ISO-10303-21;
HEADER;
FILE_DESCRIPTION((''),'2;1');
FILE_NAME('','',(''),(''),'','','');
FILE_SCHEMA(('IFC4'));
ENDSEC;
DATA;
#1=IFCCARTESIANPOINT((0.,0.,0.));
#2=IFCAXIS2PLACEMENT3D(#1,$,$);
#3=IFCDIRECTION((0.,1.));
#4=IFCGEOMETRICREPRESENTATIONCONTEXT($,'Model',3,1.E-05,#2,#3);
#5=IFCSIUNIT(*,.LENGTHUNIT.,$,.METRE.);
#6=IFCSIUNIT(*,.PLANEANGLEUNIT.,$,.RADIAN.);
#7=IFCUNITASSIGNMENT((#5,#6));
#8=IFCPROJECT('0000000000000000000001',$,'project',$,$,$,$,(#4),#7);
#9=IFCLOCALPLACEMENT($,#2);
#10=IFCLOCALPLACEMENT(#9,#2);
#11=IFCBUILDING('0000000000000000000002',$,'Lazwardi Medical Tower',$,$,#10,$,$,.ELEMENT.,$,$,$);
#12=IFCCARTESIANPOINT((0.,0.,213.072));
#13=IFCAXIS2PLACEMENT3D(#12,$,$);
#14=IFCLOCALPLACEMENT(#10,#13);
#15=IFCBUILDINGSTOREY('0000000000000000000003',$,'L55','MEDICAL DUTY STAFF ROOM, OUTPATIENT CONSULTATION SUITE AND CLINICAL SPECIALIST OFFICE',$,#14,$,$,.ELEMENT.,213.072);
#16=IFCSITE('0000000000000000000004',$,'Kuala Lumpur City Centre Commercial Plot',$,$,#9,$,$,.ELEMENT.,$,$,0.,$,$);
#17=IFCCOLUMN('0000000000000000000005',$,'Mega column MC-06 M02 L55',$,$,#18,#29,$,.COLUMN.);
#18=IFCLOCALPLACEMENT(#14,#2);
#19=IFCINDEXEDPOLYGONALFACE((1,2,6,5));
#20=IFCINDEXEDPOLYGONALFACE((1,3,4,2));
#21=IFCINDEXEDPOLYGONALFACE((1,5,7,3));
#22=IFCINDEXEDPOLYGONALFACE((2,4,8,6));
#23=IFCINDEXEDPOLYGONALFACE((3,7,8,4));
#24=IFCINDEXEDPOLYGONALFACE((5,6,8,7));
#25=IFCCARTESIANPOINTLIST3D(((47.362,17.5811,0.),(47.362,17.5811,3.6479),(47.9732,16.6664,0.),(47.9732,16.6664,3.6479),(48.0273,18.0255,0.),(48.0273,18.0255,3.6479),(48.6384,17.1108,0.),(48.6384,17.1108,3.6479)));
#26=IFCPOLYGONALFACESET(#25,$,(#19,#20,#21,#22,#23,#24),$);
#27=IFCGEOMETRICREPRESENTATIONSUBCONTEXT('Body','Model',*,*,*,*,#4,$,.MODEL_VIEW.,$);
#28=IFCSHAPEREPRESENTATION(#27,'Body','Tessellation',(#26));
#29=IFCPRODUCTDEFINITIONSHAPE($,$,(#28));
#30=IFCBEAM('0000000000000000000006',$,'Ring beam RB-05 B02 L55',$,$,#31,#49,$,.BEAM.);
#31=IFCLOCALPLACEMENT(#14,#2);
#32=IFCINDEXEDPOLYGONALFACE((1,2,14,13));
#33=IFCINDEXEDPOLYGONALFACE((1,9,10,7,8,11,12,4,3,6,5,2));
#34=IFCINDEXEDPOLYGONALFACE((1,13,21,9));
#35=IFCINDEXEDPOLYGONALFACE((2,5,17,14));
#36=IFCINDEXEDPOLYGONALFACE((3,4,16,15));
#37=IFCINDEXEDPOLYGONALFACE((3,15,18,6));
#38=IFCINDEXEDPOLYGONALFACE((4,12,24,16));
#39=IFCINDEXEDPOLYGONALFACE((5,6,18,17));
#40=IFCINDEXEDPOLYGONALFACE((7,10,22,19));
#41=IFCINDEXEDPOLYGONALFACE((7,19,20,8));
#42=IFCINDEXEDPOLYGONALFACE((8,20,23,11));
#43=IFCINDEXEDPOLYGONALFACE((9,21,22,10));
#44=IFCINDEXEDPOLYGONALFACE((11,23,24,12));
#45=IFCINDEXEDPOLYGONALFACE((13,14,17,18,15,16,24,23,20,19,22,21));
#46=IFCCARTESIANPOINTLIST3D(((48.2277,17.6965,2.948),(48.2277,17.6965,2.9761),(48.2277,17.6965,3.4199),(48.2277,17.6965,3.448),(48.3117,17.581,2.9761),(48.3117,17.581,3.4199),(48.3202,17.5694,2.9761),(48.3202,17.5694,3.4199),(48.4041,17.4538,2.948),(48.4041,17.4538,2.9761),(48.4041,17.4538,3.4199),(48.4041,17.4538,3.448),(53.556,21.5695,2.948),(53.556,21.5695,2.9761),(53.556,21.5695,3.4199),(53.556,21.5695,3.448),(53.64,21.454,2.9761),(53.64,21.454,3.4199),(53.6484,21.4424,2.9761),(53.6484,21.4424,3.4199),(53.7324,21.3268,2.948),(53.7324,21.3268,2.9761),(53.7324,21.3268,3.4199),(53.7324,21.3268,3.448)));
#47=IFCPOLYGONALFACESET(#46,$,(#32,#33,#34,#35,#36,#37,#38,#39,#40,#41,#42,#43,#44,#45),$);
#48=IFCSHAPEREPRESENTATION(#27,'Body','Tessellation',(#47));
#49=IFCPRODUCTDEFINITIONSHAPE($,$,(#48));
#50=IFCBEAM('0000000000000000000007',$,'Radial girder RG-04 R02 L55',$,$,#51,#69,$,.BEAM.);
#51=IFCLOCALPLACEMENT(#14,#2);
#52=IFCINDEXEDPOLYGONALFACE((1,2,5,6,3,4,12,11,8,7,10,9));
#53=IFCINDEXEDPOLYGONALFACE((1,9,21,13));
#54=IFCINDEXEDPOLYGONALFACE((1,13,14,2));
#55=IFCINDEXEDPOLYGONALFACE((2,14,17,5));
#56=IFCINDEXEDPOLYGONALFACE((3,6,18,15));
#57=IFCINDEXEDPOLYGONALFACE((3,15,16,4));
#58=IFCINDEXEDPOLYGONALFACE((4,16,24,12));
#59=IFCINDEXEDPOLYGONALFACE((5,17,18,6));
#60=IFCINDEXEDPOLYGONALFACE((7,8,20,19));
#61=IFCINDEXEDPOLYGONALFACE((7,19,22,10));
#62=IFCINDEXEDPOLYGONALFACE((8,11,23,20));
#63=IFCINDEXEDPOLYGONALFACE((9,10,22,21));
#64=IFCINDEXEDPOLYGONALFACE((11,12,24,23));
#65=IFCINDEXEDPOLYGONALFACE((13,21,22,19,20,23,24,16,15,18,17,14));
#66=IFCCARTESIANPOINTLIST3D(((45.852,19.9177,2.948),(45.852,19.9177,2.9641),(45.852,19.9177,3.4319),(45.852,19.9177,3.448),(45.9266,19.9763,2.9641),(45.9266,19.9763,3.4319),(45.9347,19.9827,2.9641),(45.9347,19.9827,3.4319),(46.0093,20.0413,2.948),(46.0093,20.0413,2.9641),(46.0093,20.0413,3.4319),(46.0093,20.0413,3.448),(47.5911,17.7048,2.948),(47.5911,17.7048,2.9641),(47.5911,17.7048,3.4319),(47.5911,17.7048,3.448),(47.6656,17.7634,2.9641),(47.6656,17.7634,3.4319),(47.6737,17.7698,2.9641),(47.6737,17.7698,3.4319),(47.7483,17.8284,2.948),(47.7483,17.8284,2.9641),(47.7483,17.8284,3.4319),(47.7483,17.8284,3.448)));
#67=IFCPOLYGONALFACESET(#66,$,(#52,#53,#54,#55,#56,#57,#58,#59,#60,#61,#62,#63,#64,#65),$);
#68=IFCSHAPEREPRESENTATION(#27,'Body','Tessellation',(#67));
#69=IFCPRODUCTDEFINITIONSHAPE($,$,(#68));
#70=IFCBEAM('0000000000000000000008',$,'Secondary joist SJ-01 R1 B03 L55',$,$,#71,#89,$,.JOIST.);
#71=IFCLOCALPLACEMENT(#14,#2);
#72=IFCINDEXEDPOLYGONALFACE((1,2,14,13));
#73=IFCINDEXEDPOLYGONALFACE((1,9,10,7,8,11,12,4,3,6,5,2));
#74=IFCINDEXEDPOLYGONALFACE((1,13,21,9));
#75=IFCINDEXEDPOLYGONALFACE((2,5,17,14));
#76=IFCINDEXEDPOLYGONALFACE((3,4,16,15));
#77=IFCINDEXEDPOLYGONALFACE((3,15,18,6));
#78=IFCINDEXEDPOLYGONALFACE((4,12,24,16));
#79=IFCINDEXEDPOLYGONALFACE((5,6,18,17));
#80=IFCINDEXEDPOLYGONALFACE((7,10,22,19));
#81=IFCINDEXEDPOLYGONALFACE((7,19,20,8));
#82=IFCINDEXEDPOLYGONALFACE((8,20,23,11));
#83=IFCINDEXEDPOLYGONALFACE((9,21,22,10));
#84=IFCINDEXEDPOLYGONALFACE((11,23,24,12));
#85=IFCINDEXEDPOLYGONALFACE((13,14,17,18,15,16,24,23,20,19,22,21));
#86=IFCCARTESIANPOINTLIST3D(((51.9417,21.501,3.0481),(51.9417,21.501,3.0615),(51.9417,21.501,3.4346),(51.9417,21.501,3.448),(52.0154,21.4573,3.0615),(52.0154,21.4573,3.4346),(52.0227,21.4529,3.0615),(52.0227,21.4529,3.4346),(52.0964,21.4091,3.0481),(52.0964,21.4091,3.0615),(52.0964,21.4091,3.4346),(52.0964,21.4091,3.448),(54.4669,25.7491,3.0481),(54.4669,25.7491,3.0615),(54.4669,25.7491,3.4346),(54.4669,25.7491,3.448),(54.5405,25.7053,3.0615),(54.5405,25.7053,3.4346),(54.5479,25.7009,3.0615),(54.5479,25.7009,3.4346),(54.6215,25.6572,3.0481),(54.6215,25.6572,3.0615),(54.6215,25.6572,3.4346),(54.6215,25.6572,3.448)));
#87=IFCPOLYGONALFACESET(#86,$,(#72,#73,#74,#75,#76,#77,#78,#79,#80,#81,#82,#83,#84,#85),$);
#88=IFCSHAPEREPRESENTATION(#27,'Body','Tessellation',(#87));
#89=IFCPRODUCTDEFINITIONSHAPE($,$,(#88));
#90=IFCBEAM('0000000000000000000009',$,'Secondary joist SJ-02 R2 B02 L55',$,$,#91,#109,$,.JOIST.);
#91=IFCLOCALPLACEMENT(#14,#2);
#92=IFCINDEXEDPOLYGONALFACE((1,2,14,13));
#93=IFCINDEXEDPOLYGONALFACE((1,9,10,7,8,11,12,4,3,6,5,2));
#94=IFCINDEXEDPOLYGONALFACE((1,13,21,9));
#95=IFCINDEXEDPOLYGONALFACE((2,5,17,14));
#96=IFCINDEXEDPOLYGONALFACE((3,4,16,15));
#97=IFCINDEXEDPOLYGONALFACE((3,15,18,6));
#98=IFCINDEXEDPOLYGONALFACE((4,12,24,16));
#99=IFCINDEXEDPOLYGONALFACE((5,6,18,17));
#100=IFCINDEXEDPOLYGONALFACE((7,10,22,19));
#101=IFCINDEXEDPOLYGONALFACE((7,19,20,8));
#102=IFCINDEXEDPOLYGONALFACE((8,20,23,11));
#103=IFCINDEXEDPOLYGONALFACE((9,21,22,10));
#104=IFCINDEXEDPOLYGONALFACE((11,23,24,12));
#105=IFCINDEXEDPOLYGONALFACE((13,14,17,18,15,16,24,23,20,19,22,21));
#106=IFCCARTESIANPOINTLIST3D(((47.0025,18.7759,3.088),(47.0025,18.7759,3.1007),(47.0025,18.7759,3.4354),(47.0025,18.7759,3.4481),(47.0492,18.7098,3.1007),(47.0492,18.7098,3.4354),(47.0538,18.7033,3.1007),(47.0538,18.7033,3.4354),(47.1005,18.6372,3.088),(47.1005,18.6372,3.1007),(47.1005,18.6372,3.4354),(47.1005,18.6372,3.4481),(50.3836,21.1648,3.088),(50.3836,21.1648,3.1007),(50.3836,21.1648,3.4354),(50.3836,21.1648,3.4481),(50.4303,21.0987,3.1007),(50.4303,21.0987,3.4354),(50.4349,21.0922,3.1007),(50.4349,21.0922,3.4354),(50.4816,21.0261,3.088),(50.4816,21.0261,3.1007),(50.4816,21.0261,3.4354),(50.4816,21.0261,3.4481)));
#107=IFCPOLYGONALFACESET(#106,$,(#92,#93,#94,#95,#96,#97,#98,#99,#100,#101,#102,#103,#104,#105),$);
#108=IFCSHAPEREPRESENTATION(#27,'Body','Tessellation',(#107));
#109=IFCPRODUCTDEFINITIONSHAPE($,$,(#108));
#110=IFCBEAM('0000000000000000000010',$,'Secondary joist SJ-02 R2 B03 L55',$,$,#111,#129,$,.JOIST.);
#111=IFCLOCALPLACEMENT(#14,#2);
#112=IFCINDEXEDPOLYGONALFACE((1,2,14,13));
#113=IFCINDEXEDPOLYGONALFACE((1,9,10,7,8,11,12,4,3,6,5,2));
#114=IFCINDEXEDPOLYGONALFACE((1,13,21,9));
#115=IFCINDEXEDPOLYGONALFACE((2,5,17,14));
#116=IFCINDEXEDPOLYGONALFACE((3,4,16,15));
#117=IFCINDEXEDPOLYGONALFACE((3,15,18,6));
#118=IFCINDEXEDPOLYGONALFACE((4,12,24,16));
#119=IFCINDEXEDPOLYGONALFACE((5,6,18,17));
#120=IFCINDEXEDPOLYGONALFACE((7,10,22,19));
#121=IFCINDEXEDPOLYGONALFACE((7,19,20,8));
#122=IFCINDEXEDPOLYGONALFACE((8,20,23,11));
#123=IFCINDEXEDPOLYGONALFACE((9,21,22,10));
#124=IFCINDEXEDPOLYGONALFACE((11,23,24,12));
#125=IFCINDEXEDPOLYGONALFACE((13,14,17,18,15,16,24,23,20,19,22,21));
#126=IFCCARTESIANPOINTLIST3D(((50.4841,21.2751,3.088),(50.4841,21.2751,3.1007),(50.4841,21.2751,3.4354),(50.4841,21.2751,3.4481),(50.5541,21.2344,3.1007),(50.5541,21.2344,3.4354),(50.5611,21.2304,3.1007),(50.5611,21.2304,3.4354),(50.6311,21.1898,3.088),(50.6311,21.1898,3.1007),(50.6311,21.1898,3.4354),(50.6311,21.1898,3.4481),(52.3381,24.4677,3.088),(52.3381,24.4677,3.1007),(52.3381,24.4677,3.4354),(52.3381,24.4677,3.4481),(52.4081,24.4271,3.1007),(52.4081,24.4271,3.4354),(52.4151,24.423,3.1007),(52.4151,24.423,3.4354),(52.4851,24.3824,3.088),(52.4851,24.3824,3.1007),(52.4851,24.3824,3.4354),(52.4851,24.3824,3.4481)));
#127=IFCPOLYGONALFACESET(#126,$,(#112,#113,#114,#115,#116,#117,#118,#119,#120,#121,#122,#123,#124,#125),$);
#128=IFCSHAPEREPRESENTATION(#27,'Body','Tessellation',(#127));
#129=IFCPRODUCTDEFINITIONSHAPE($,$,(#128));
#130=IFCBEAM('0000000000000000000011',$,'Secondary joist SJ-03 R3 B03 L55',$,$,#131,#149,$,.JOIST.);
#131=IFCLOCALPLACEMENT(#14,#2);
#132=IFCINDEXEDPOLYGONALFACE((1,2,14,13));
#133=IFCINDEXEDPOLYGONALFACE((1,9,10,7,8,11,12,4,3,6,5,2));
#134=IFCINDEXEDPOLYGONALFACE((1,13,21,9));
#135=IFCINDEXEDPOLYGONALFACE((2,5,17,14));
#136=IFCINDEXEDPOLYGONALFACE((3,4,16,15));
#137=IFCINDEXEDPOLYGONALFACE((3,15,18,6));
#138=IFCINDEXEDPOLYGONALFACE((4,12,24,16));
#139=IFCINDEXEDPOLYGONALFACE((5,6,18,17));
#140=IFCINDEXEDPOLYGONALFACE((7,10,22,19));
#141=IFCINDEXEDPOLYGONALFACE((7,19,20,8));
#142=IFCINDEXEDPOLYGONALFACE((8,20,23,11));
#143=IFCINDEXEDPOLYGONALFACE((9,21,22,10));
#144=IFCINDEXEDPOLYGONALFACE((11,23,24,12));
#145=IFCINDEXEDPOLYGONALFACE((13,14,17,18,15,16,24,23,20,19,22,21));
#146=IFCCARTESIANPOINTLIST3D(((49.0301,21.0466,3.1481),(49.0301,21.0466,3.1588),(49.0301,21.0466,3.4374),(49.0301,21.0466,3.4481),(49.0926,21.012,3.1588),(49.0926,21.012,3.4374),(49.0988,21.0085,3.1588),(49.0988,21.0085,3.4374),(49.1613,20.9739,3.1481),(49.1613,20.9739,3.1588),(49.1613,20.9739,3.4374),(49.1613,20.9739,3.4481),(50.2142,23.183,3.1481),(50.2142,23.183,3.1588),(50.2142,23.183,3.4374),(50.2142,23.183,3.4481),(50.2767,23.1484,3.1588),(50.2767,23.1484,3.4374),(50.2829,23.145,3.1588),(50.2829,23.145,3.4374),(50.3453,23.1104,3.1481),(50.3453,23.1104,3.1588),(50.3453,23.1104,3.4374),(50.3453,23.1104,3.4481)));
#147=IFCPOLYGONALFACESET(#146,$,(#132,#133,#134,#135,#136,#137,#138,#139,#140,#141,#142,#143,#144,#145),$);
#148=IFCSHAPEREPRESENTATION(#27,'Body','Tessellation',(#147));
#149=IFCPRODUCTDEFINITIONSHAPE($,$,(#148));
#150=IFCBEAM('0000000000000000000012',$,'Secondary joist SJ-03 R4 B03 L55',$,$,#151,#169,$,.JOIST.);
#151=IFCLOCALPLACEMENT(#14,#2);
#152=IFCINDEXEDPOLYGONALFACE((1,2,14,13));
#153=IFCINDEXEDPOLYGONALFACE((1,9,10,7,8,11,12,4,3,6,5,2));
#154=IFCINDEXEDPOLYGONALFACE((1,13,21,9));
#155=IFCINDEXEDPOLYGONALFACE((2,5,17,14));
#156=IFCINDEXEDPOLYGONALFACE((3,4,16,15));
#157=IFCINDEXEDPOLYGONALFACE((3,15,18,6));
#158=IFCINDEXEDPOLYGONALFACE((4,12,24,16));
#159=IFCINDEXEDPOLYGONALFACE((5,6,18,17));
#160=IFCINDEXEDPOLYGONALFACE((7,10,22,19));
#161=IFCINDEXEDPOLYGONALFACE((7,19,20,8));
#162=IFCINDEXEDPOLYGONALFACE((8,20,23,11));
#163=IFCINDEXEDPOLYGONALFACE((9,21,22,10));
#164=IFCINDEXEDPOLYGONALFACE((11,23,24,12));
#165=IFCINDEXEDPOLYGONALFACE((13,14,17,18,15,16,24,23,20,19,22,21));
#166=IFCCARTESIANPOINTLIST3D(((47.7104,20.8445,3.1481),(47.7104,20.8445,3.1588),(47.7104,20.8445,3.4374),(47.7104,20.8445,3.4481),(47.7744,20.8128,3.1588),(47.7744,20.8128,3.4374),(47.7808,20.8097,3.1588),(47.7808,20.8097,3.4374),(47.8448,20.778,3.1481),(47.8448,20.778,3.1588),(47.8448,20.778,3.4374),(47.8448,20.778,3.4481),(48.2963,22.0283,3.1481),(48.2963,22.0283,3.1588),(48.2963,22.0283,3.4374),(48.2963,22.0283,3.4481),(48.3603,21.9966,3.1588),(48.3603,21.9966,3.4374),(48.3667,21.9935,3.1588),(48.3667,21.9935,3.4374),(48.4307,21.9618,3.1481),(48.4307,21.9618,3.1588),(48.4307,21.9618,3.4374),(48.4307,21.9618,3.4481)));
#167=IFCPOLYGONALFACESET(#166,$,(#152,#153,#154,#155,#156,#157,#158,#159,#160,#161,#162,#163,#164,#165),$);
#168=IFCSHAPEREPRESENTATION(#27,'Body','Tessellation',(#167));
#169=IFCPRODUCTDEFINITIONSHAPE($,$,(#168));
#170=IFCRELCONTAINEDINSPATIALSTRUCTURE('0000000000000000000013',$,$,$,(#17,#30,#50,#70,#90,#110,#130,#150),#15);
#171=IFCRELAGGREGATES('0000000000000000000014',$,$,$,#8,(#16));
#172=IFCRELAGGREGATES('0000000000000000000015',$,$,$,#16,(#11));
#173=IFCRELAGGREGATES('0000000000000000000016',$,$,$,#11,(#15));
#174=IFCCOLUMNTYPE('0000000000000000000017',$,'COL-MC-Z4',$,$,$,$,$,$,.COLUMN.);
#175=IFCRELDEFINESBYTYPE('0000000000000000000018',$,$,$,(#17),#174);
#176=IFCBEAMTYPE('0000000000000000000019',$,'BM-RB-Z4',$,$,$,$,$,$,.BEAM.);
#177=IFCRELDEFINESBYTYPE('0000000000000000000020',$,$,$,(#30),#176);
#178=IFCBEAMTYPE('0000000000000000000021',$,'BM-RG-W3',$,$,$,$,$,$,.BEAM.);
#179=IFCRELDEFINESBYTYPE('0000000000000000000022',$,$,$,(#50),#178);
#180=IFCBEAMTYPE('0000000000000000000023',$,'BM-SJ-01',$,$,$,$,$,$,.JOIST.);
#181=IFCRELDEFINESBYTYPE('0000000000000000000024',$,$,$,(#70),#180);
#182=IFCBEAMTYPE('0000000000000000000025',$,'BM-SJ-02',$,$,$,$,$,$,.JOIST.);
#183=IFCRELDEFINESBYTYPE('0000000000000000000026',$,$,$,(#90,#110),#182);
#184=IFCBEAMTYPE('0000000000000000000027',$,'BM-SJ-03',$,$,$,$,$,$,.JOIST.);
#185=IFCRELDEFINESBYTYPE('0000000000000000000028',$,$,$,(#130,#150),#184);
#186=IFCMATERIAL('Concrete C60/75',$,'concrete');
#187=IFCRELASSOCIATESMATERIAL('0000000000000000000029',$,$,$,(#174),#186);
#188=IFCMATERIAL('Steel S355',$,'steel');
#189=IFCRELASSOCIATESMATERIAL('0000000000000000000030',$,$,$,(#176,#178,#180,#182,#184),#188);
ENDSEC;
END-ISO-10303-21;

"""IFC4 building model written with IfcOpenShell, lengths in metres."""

from ifc_helpers import new_model, si_unit, direction, frame, origin, origin_2d, place, context, subcontext, project, spatial, rectangle, i_section, extrude, material, material_profile, profile_set, type_object, element, save


model = new_model("IFC4")

# Units and contexts
model_context = context("Model", 3, precision=1e-05, world=origin(), true_north=direction((0.0, 1.0)))
body_context = subcontext(model_context, "Body", "Model", "MODEL_VIEW")
ifc_project = project(units=[si_unit("LENGTHUNIT", "METRE"), si_unit("PLANEANGLEUNIT", "RADIAN")], contexts=[model_context])

# Site, building, storey
site_placement = place(None, origin())
site = spatial("IfcSite", under=ifc_project, at=site_placement, Name="Kuala Lumpur City Centre Commercial Plot", CompositionType="ELEMENT", RefElevation=0.0)
building_placement = place(site_placement, origin())
building = spatial("IfcBuilding", under=site, at=building_placement, Name="Lazwardi Medical Tower", CompositionType="ELEMENT")
storey_placement = place(building_placement, frame((0.0, 0.0, 213.072)))
storey = spatial("IfcBuildingStorey", under=building, at=storey_placement, Name="L55", Description="MEDICAL DUTY STAFF ROOM, OUTPATIENT CONSULTATION SUITE AND CLINICAL SPECIALIST OFFICE", CompositionType="ELEMENT", Elevation=213.072)

# Column
ifc_material_1 = material(Name="Concrete C60/75", Category="concrete")
ifc_material_profile_1 = material_profile(ifc_material_1, rectangle(XDim=1.1001, YDim=0.8, at=origin_2d()), Name="CFT-RECT 1100x800")
ifc_profile_set_1 = profile_set([ifc_material_profile_1], Name="Concrete C60/75")
column_type = type_object("IfcColumnType", Name="COL-MC-Z4", PredefinedType="COLUMN", material=ifc_profile_set_1)
column_placement = place(storey_placement, frame((48.0002, 17.3459, 0.0), z_axis=(0.0, 0.0, 1.0), x_axis=(0.55557, -0.83147, 0.0)))
element("IfcColumn", 1, at=column_placement, inside=storey, type_object=column_type, Name="Mega column MC-06 M02 L55", PredefinedType="COLUMN", context=body_context, shape_type="SweptSolid", body=[
    extrude(rectangle(XDim=1.1001, YDim=0.8, at=origin_2d()), origin(), (0.0, 0.0, 1.0), 3.6479),
])

# Beams
ifc_material_2 = material(Name="Steel S355", Category="steel")
ifc_material_profile_2 = material_profile(ifc_material_2, i_section(OverallWidth=0.3, OverallDepth=0.5, WebThickness=0.0144, FlangeThickness=0.0281, at=origin_2d()), Name="HEB 500")
ifc_profile_set_2 = profile_set([ifc_material_profile_2], Name="Steel S355")
beam_type_1 = type_object("IfcBeamType", Name="BM-RB-Z4", PredefinedType="BEAM", material=ifc_profile_set_2)
beam_1_placement = place(storey_placement, frame((48.3159, 17.5752, 3.198), z_axis=(0.80889, 0.58796, 0.0), x_axis=(-0.58796, 0.80889, 0.0)))
element("IfcBeam", 2, at=beam_1_placement, inside=storey, type_object=beam_type_1, Name="Ring beam RB-05 B02 L55", PredefinedType="BEAM", context=body_context, shape_type="SweptSolid", body=[
    extrude(i_section(OverallWidth=0.3, OverallDepth=0.5, WebThickness=0.0144, FlangeThickness=0.0281, at=origin_2d()), origin(), (0.0, 0.0, 1.0), 6.5872),
])
ifc_material_profile_3 = material_profile(ifc_material_2, i_section(OverallWidth=0.2, OverallDepth=0.5, WebThickness=0.0103, FlangeThickness=0.0161, at=origin_2d()), Name="IPE 500")
ifc_profile_set_3 = profile_set([ifc_material_profile_3], Name="Steel S355")
beam_type_2 = type_object("IfcBeamType", Name="BM-RG-W3", PredefinedType="BEAM", material=ifc_profile_set_3)
beam_2_placement = place(storey_placement, frame((47.6697, 17.7666, 3.198), z_axis=(-0.617891, 0.786264, 0.0), x_axis=(-0.786264, -0.617891, 0.0)))
element("IfcBeam", 3, at=beam_2_placement, inside=storey, type_object=beam_type_2, Name="Radial girder RG-04 R02 L55", PredefinedType="BEAM", context=body_context, shape_type="SweptSolid", body=[
    extrude(i_section(OverallWidth=0.2, OverallDepth=0.5, WebThickness=0.0103, FlangeThickness=0.0161, at=origin_2d()), origin(), (0.0, 0.0, 1.0), 2.8145),
])
ifc_material_profile_4 = material_profile(ifc_material_2, i_section(OverallWidth=0.1799, OverallDepth=0.3999, WebThickness=0.0085, FlangeThickness=0.0134, at=origin_2d()), Name="IPE 400")
ifc_profile_set_4 = profile_set([ifc_material_profile_4], Name="Steel S355")
beam_type_3 = type_object("IfcBeamType", Name="BM-SJ-01", PredefinedType="JOIST", material=ifc_profile_set_4)
beam_3_placement = place(storey_placement, frame((52.019, 21.4551, 3.248), z_axis=(0.510968, 0.8596, 0.0), x_axis=(-0.8596, 0.510968, 0.0)))
element("IfcBeam", 4, at=beam_3_placement, inside=storey, type_object=beam_type_3, Name="Secondary joist SJ-01 R1 B03 L55", PredefinedType="JOIST", context=body_context, shape_type="SweptSolid", body=[
    extrude(i_section(OverallWidth=0.1799, OverallDepth=0.3999, WebThickness=0.0085, FlangeThickness=0.0134, at=origin_2d()), origin(), (0.0, 0.0, 1.0), 4.9419),
])
ifc_material_profile_5 = material_profile(ifc_material_2, i_section(OverallWidth=0.1699, OverallDepth=0.3601, WebThickness=0.0081, FlangeThickness=0.0127, at=origin_2d()), Name="IPE 360")
ifc_profile_set_5 = profile_set([ifc_material_profile_5], Name="Steel S355")
beam_type_4 = type_object("IfcBeamType", Name="BM-SJ-02", PredefinedType="JOIST", material=ifc_profile_set_5)
beam_4_placement = place(storey_placement, frame((47.0515, 18.7065, 3.2681), z_axis=(0.816711, 0.577047, 0.0), x_axis=(-0.577047, 0.816711, 0.0)))
element("IfcBeam", 5, at=beam_4_placement, inside=storey, type_object=beam_type_4, Name="Secondary joist SJ-02 R2 B02 L55", PredefinedType="JOIST", context=body_context, shape_type="SweptSolid", body=[
    extrude(i_section(OverallWidth=0.1699, OverallDepth=0.3601, WebThickness=0.0081, FlangeThickness=0.0127, at=origin_2d()), origin(), (0.0, 0.0, 1.0), 4.1399),
])
beam_5_placement = place(storey_placement, frame((50.5576, 21.2324, 3.2681), z_axis=(0.50218, 0.864763, 0.0), x_axis=(-0.864763, 0.50218, 0.0)))
element("IfcBeam", 6, at=beam_5_placement, inside=storey, type_object=beam_type_4, Name="Secondary joist SJ-02 R2 B03 L55", PredefinedType="JOIST", context=body_context, shape_type="SweptSolid", body=[
    extrude(i_section(OverallWidth=0.1699, OverallDepth=0.3601, WebThickness=0.0081, FlangeThickness=0.0127, at=origin_2d()), origin(), (0.0, 0.0, 1.0), 3.6919),
])
ifc_material_profile_6 = material_profile(ifc_material_2, i_section(OverallWidth=0.1499, OverallDepth=0.3, WebThickness=0.0071, FlangeThickness=0.0107, at=origin_2d()), Name="IPE 300")
ifc_profile_set_6 = profile_set([ifc_material_profile_6], Name="Steel S355")
beam_type_5 = type_object("IfcBeamType", Name="BM-SJ-03", PredefinedType="JOIST", material=ifc_profile_set_6)
beam_6_placement = place(storey_placement, frame((49.0957, 21.0103, 3.2981), z_axis=(0.484752, 0.874652, 0.0), x_axis=(-0.874652, 0.484752, 0.0)))
element("IfcBeam", 7, at=beam_6_placement, inside=storey, type_object=beam_type_5, Name="Secondary joist SJ-03 R3 B03 L55", PredefinedType="JOIST", context=body_context, shape_type="SweptSolid", body=[
    extrude(i_section(OverallWidth=0.1499, OverallDepth=0.3, WebThickness=0.0071, FlangeThickness=0.0107, at=origin_2d()), origin(), (0.0, 0.0, 1.0), 2.4426),
])
beam_7_placement = place(storey_placement, frame((47.7776, 20.8113, 3.2981), z_axis=(0.443587, 0.896231, 0.0), x_axis=(-0.896231, 0.443587, 0.0)))
element("IfcBeam", 8, at=beam_7_placement, inside=storey, type_object=beam_type_5, Name="Secondary joist SJ-03 R4 B03 L55", PredefinedType="JOIST", context=body_context, shape_type="SweptSolid", body=[
    extrude(i_section(OverallWidth=0.1499, OverallDepth=0.3, WebThickness=0.0071, FlangeThickness=0.0107, at=origin_2d()), origin(), (0.0, 0.0, 1.0), 1.3208),
])

save(model, "model.ifc")
